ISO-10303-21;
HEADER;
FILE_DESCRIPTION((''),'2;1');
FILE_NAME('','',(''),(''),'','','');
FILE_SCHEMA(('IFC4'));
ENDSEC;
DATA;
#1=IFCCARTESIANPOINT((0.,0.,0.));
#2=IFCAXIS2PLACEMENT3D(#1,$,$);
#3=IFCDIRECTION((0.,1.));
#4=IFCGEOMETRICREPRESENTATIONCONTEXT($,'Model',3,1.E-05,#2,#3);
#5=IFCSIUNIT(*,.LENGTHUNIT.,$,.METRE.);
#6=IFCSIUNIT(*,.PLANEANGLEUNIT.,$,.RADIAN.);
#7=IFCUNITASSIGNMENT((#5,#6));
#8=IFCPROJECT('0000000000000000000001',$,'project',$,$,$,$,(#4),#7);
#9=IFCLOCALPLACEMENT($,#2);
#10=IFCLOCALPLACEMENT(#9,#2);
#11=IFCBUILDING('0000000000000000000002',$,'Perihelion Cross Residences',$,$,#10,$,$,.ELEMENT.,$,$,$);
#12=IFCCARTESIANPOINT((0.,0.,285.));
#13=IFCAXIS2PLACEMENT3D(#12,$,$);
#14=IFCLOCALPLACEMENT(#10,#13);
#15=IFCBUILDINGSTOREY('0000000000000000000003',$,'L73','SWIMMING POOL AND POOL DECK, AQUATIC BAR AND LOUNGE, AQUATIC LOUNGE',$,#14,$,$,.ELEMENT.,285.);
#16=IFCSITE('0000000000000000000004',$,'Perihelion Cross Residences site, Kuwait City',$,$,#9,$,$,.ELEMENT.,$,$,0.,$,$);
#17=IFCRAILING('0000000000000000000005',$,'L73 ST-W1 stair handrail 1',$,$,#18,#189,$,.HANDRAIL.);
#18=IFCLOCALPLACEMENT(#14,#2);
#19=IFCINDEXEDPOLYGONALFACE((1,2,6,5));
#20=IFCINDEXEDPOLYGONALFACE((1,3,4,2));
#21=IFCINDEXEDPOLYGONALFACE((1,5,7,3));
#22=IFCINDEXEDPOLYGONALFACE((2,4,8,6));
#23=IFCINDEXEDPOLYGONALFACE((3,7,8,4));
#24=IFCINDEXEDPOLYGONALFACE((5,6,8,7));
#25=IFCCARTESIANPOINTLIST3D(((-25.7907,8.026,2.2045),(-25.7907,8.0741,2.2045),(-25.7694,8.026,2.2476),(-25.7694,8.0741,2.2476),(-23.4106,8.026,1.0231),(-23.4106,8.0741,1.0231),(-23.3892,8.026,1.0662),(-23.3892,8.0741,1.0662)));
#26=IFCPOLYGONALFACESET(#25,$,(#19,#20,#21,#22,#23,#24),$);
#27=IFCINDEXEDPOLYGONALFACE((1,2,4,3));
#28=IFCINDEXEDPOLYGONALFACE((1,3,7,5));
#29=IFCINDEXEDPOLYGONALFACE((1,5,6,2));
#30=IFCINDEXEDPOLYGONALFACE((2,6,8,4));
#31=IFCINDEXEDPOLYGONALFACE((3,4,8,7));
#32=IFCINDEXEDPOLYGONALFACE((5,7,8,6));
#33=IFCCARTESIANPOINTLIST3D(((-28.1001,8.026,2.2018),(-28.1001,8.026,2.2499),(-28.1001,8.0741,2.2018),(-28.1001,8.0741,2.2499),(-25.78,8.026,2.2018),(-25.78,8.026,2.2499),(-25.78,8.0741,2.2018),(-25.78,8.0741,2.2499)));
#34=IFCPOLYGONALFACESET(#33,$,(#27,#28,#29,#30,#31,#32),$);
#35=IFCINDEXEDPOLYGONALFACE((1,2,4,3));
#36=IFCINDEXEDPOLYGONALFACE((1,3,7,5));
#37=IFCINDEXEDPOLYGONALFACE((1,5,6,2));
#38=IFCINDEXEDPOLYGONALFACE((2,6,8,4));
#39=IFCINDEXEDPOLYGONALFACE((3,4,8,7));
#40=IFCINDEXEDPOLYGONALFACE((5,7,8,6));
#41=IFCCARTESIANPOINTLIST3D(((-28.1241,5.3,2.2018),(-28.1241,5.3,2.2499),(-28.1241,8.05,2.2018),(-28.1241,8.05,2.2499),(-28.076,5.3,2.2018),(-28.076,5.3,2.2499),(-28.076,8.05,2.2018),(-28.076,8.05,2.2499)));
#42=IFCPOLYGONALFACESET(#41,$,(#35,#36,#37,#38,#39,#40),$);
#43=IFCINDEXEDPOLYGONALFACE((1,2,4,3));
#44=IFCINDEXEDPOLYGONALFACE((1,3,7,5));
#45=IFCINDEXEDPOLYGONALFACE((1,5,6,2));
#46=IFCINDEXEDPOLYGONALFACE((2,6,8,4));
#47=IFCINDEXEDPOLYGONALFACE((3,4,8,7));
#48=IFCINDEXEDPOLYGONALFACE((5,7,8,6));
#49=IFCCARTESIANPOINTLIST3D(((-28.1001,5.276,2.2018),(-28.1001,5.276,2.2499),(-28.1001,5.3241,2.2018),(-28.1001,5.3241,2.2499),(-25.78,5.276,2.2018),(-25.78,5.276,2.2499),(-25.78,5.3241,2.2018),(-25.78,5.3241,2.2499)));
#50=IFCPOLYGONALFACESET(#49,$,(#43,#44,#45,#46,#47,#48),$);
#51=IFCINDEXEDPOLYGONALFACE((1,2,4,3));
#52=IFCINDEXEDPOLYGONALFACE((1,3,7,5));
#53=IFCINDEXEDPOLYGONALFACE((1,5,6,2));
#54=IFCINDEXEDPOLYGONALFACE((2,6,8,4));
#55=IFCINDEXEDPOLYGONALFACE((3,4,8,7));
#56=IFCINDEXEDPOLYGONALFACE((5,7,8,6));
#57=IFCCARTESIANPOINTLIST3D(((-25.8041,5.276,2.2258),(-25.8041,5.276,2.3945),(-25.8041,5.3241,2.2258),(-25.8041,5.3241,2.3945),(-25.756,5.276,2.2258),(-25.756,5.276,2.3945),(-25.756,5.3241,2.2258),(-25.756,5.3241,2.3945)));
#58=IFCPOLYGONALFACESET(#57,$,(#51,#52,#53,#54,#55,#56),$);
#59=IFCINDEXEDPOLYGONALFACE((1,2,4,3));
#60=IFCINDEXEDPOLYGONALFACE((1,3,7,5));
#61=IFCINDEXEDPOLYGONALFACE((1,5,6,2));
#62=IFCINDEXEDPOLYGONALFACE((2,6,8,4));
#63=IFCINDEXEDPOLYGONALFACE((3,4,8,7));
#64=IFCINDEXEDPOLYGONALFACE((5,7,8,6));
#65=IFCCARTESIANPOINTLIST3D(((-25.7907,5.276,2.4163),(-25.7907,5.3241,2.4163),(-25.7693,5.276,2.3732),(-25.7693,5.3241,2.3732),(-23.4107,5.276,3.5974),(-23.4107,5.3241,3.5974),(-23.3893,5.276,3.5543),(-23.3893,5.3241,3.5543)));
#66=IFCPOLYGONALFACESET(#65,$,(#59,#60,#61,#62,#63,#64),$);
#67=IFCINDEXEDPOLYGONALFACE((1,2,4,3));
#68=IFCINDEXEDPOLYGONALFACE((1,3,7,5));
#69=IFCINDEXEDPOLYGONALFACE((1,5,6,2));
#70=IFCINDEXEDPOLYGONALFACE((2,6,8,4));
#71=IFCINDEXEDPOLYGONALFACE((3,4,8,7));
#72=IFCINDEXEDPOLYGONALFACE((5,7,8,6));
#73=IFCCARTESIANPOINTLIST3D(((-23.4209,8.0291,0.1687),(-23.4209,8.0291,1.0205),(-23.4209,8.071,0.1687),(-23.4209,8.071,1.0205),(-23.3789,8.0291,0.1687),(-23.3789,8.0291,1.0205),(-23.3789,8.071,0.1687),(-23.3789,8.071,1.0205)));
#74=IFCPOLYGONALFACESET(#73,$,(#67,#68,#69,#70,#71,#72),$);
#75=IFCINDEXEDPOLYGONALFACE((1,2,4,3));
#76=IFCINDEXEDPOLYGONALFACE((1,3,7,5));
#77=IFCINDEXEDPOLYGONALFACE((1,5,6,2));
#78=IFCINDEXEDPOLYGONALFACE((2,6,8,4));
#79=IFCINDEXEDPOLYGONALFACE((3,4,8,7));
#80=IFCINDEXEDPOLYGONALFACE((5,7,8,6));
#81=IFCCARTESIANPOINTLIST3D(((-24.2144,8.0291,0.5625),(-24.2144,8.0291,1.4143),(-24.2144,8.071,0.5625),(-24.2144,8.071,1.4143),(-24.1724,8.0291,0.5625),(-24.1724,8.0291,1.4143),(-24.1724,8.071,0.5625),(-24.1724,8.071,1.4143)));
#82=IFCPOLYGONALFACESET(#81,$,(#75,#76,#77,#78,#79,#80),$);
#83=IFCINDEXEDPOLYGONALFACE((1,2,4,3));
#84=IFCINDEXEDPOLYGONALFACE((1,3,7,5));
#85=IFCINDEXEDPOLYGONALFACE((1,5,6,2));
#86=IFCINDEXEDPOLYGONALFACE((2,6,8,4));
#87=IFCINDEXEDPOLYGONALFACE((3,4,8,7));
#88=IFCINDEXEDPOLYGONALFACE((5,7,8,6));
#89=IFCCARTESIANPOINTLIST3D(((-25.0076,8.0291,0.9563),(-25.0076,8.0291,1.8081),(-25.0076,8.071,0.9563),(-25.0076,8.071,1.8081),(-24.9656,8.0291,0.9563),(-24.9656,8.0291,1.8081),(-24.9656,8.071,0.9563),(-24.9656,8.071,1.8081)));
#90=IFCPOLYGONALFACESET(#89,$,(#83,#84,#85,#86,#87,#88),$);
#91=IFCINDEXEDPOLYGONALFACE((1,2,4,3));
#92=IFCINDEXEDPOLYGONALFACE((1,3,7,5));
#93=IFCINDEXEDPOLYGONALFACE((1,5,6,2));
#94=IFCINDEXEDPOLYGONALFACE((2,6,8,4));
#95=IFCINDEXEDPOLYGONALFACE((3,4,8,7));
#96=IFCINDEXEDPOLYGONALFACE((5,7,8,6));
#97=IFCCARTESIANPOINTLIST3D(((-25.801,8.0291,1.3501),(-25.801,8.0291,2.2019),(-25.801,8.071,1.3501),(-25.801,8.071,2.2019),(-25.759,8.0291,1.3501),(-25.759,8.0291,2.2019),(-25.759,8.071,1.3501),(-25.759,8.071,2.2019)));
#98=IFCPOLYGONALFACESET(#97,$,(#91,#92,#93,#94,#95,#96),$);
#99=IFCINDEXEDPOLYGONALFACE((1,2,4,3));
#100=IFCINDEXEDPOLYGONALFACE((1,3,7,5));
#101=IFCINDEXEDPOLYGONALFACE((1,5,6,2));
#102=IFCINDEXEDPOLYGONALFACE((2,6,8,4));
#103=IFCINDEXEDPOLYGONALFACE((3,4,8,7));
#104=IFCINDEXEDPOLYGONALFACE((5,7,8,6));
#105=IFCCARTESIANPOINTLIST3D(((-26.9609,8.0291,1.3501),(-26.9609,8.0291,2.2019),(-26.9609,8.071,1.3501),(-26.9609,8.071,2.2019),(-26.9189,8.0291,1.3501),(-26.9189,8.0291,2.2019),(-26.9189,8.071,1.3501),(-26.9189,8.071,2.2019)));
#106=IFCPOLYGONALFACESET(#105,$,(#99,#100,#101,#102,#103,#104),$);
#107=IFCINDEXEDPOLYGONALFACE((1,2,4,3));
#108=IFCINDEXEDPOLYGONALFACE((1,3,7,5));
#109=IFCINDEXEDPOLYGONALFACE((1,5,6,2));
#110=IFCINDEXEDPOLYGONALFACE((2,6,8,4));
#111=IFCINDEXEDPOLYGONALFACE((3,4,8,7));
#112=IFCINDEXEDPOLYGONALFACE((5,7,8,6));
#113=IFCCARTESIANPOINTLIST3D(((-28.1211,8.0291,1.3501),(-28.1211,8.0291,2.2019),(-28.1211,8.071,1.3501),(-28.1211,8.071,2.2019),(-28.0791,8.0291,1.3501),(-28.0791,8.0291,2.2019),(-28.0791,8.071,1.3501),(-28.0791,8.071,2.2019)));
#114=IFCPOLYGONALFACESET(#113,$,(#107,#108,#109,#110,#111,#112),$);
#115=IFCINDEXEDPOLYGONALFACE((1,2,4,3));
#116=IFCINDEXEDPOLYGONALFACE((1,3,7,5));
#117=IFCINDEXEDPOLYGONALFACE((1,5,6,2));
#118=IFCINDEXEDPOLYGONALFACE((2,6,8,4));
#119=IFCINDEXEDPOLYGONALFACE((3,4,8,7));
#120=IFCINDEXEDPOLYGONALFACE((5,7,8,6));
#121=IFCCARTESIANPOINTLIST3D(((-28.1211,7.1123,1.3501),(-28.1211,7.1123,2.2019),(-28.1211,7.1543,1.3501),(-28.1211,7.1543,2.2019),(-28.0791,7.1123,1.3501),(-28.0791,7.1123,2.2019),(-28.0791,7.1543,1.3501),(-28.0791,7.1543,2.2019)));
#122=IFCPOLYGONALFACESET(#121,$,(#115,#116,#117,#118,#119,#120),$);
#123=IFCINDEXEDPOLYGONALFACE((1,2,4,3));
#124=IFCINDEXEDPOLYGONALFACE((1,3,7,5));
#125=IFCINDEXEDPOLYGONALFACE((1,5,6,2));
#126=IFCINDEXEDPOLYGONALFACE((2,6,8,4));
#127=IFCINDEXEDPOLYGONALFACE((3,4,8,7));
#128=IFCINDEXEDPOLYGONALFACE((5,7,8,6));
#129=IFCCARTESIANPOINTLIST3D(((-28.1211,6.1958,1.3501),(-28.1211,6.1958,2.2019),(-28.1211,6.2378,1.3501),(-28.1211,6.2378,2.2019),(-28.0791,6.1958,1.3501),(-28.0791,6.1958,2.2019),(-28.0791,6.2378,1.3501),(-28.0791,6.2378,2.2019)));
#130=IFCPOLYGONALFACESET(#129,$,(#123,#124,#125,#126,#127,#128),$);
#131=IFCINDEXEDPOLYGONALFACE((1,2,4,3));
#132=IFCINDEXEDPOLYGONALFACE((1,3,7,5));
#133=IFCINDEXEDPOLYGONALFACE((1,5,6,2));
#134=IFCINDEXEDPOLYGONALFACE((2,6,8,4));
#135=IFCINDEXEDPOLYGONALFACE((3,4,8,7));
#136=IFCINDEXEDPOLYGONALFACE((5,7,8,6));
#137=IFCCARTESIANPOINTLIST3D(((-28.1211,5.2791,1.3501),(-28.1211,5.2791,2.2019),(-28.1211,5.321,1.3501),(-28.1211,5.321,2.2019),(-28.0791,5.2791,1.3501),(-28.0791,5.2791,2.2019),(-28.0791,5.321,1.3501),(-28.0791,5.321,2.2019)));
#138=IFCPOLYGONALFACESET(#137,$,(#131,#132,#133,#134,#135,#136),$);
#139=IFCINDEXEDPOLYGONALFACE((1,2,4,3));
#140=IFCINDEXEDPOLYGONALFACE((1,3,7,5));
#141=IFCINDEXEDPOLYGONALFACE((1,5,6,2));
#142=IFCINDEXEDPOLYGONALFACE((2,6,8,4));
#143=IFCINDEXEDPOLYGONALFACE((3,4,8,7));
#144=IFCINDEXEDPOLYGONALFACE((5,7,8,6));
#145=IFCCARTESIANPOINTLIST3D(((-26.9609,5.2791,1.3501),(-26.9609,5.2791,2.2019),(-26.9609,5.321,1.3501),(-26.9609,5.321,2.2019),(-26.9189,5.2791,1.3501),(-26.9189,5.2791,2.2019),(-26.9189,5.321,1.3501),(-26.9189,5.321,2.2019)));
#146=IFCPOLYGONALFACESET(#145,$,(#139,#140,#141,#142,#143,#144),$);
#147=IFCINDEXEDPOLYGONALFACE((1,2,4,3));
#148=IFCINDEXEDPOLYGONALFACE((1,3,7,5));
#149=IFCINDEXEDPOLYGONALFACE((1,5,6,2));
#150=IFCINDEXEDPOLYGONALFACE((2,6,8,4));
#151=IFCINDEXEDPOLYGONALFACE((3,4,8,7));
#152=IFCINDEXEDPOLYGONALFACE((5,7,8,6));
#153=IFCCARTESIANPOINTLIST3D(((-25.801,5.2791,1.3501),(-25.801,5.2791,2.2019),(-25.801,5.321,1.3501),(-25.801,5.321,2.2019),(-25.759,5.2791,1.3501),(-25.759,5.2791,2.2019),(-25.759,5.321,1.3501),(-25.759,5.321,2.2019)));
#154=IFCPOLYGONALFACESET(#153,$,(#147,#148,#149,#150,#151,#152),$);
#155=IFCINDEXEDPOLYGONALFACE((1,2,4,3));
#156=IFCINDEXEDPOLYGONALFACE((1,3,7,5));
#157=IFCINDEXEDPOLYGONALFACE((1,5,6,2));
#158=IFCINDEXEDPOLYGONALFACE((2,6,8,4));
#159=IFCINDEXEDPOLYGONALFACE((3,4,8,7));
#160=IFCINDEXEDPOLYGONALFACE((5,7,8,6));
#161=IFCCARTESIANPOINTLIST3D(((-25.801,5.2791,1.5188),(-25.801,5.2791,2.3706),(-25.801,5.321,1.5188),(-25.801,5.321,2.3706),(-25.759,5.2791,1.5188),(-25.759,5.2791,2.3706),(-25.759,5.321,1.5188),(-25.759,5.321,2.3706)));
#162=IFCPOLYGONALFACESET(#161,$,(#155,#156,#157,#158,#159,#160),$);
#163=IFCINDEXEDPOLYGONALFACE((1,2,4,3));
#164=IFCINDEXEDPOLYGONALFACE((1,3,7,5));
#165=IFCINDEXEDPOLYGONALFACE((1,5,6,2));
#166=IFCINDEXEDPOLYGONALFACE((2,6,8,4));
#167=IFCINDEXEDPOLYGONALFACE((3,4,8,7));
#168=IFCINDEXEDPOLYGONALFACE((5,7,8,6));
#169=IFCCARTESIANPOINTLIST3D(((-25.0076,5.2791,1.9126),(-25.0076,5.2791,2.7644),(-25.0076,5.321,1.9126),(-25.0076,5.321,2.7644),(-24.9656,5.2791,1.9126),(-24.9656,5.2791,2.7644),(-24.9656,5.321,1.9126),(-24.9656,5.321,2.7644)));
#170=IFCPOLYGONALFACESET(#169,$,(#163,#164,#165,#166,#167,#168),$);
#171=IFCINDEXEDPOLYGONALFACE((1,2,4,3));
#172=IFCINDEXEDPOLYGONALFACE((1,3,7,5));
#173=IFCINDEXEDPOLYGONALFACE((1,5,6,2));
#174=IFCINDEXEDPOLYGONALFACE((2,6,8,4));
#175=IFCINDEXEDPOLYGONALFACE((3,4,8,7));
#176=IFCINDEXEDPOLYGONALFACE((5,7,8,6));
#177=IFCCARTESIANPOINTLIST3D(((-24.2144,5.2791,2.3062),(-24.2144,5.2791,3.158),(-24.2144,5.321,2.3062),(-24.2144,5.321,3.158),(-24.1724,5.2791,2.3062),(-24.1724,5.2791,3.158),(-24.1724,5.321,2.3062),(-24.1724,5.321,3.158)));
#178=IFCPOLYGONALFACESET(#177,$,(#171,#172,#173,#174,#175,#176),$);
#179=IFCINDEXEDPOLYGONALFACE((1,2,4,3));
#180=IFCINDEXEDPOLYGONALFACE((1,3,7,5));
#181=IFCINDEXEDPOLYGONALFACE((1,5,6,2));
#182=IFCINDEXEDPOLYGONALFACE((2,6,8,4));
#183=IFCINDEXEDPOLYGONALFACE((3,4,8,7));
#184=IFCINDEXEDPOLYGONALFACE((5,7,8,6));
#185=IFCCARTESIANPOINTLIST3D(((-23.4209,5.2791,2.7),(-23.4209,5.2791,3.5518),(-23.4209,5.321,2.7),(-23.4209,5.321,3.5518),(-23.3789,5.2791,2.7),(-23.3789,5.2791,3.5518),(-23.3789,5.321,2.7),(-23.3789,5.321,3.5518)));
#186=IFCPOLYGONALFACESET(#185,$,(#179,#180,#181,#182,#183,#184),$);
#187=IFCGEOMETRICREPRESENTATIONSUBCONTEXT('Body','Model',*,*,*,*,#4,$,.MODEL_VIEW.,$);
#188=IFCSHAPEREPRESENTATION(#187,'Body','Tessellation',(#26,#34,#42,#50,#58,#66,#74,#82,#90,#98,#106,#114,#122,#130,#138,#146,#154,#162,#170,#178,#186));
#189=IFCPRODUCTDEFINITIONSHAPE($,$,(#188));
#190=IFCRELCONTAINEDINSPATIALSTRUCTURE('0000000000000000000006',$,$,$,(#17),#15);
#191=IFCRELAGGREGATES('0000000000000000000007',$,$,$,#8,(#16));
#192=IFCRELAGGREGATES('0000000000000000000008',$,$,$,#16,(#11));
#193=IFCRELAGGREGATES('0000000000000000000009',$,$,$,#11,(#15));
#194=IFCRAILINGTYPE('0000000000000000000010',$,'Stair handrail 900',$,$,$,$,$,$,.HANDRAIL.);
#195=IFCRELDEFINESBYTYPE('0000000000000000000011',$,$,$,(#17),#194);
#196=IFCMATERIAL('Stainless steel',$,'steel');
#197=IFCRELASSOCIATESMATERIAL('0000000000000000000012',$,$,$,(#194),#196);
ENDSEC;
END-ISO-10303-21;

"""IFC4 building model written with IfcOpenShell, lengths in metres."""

from ifc_helpers import new_model, si_unit, direction, frame, origin, origin_2d, place, context, subcontext, project, spatial, rectangle, extrude, material, type_object, element, save


model = new_model("IFC4")

# Units and contexts
model_context = context("Model", 3, precision=1e-05, world=origin(), true_north=direction((0.0, 1.0)))
body_context = subcontext(model_context, "Body", "Model", "MODEL_VIEW")
ifc_project = project(units=[si_unit("LENGTHUNIT", "METRE"), si_unit("PLANEANGLEUNIT", "RADIAN")], contexts=[model_context])

# Site, building, storey
site_placement = place(None, origin())
site = spatial("IfcSite", under=ifc_project, at=site_placement, Name="Perihelion Cross Residences site, Kuwait City", CompositionType="ELEMENT", RefElevation=0.0)
building_placement = place(site_placement, origin())
building = spatial("IfcBuilding", under=site, at=building_placement, Name="Perihelion Cross Residences", CompositionType="ELEMENT")
storey_placement = place(building_placement, frame((0.0, 0.0, 285.0)))
storey = spatial("IfcBuildingStorey", under=building, at=storey_placement, Name="L73", Description="SWIMMING POOL AND POOL DECK, AQUATIC BAR AND LOUNGE, AQUATIC LOUNGE", CompositionType="ELEMENT", Elevation=285.0)

# Railing
ifc_material_1 = material(Name="Stainless steel", Category="steel")
railing_type_1 = type_object("IfcRailingType", Name="Stair handrail 900", PredefinedType="HANDRAIL", material=ifc_material_1)
railing_1_placement = place(storey_placement, frame((-23.3999, 8.05, 0.1687)))
element("IfcRailing", 1, at=railing_1_placement, inside=storey, type_object=railing_type_1, Name="L73 ST-W1 stair handrail 1", PredefinedType="HANDRAIL", context=body_context, shape_type="SweptSolid", body=[
    extrude(rectangle(XDim=0.0481, YDim=0.0481, at=origin_2d()), frame((0.0, 0.0, 0.876), z_axis=(-0.895728, 0.0, 0.444602), x_axis=(0.0, -1.0, 0.0)), (0.0, 0.0, 1.0), 2.6572),
    extrude(rectangle(XDim=0.0481, YDim=0.0481, at=origin_2d()), frame((-2.3801, 0.0, 2.0571), z_axis=(-1.0, 0.0, 0.0), x_axis=(0.0, -1.0, 0.0)), (0.0, 0.0, 1.0), 2.3201),
    extrude(rectangle(XDim=0.0481, YDim=0.0481, at=origin_2d()), frame((-4.7002, 0.0, 2.0571), z_axis=(0.0, -1.0, 0.0), x_axis=(1.0, 0.0, 0.0)), (0.0, 0.0, 1.0), 2.75),
    extrude(rectangle(XDim=0.0481, YDim=0.0481, at=origin_2d()), frame((-4.7002, -2.75, 2.0571), z_axis=(1.0, 0.0, 0.0), x_axis=(0.0, 1.0, 0.0)), (0.0, 0.0, 1.0), 2.3201),
    extrude(rectangle(XDim=0.0481, YDim=0.0481, at=origin_2d()), frame((-2.3801, -2.75, 2.0571), z_axis=(0.0, 0.0, 1.0), x_axis=(1.0, 0.0, 0.0)), (0.0, 0.0, 1.0), 0.1687),
    extrude(rectangle(XDim=0.0481, YDim=0.0481, at=origin_2d()), frame((-2.3801, -2.75, 2.2261), z_axis=(0.895765, 0.0, 0.444529), x_axis=(0.0, 1.0, 0.0)), (0.0, 0.0, 1.0), 2.657),
    extrude(rectangle(XDim=0.042, YDim=0.042, at=origin_2d()), origin(), (0.0, 0.0, 1.0), 0.8518),
    extrude(rectangle(XDim=0.042, YDim=0.042, at=origin_2d()), frame((-0.7935, 0.0, 0.3938)), (0.0, 0.0, 1.0), 0.8518),
    extrude(rectangle(XDim=0.042, YDim=0.042, at=origin_2d()), frame((-1.5867, 0.0, 0.7876)), (0.0, 0.0, 1.0), 0.8518),
    extrude(rectangle(XDim=0.042, YDim=0.042, at=origin_2d()), frame((-2.3801, 0.0, 1.1814)), (0.0, 0.0, 1.0), 0.8518),
    extrude(rectangle(XDim=0.042, YDim=0.042, at=origin_2d()), frame((-3.54, 0.0, 1.1814)), (0.0, 0.0, 1.0), 0.8518),
    extrude(rectangle(XDim=0.042, YDim=0.042, at=origin_2d()), frame((-4.7002, 0.0, 1.1814)), (0.0, 0.0, 1.0), 0.8518),
    extrude(rectangle(XDim=0.042, YDim=0.042, at=origin_2d()), frame((-4.7002, -0.9167, 1.1814)), (0.0, 0.0, 1.0), 0.8518),
    extrude(rectangle(XDim=0.042, YDim=0.042, at=origin_2d()), frame((-4.7002, -1.8333, 1.1814)), (0.0, 0.0, 1.0), 0.8518),
    extrude(rectangle(XDim=0.042, YDim=0.042, at=origin_2d()), frame((-4.7002, -2.75, 1.1814)), (0.0, 0.0, 1.0), 0.8518),
    extrude(rectangle(XDim=0.042, YDim=0.042, at=origin_2d()), frame((-3.54, -2.75, 1.1814)), (0.0, 0.0, 1.0), 0.8518),
    extrude(rectangle(XDim=0.042, YDim=0.042, at=origin_2d()), frame((-2.3801, -2.75, 1.1814)), (0.0, 0.0, 1.0), 0.8518),
    extrude(rectangle(XDim=0.042, YDim=0.042, at=origin_2d()), frame((-2.3801, -2.75, 1.3501)), (0.0, 0.0, 1.0), 0.8518),
    extrude(rectangle(XDim=0.042, YDim=0.042, at=origin_2d()), frame((-1.5867, -2.75, 1.7439)), (0.0, 0.0, 1.0), 0.8518),
    extrude(rectangle(XDim=0.042, YDim=0.042, at=origin_2d()), frame((-0.7935, -2.75, 2.1375)), (0.0, 0.0, 1.0), 0.8518),
    extrude(rectangle(XDim=0.042, YDim=0.042, at=origin_2d()), frame((0.0, -2.75, 2.5312)), (0.0, 0.0, 1.0), 0.8518),
])

save(model, "model.ifc")
